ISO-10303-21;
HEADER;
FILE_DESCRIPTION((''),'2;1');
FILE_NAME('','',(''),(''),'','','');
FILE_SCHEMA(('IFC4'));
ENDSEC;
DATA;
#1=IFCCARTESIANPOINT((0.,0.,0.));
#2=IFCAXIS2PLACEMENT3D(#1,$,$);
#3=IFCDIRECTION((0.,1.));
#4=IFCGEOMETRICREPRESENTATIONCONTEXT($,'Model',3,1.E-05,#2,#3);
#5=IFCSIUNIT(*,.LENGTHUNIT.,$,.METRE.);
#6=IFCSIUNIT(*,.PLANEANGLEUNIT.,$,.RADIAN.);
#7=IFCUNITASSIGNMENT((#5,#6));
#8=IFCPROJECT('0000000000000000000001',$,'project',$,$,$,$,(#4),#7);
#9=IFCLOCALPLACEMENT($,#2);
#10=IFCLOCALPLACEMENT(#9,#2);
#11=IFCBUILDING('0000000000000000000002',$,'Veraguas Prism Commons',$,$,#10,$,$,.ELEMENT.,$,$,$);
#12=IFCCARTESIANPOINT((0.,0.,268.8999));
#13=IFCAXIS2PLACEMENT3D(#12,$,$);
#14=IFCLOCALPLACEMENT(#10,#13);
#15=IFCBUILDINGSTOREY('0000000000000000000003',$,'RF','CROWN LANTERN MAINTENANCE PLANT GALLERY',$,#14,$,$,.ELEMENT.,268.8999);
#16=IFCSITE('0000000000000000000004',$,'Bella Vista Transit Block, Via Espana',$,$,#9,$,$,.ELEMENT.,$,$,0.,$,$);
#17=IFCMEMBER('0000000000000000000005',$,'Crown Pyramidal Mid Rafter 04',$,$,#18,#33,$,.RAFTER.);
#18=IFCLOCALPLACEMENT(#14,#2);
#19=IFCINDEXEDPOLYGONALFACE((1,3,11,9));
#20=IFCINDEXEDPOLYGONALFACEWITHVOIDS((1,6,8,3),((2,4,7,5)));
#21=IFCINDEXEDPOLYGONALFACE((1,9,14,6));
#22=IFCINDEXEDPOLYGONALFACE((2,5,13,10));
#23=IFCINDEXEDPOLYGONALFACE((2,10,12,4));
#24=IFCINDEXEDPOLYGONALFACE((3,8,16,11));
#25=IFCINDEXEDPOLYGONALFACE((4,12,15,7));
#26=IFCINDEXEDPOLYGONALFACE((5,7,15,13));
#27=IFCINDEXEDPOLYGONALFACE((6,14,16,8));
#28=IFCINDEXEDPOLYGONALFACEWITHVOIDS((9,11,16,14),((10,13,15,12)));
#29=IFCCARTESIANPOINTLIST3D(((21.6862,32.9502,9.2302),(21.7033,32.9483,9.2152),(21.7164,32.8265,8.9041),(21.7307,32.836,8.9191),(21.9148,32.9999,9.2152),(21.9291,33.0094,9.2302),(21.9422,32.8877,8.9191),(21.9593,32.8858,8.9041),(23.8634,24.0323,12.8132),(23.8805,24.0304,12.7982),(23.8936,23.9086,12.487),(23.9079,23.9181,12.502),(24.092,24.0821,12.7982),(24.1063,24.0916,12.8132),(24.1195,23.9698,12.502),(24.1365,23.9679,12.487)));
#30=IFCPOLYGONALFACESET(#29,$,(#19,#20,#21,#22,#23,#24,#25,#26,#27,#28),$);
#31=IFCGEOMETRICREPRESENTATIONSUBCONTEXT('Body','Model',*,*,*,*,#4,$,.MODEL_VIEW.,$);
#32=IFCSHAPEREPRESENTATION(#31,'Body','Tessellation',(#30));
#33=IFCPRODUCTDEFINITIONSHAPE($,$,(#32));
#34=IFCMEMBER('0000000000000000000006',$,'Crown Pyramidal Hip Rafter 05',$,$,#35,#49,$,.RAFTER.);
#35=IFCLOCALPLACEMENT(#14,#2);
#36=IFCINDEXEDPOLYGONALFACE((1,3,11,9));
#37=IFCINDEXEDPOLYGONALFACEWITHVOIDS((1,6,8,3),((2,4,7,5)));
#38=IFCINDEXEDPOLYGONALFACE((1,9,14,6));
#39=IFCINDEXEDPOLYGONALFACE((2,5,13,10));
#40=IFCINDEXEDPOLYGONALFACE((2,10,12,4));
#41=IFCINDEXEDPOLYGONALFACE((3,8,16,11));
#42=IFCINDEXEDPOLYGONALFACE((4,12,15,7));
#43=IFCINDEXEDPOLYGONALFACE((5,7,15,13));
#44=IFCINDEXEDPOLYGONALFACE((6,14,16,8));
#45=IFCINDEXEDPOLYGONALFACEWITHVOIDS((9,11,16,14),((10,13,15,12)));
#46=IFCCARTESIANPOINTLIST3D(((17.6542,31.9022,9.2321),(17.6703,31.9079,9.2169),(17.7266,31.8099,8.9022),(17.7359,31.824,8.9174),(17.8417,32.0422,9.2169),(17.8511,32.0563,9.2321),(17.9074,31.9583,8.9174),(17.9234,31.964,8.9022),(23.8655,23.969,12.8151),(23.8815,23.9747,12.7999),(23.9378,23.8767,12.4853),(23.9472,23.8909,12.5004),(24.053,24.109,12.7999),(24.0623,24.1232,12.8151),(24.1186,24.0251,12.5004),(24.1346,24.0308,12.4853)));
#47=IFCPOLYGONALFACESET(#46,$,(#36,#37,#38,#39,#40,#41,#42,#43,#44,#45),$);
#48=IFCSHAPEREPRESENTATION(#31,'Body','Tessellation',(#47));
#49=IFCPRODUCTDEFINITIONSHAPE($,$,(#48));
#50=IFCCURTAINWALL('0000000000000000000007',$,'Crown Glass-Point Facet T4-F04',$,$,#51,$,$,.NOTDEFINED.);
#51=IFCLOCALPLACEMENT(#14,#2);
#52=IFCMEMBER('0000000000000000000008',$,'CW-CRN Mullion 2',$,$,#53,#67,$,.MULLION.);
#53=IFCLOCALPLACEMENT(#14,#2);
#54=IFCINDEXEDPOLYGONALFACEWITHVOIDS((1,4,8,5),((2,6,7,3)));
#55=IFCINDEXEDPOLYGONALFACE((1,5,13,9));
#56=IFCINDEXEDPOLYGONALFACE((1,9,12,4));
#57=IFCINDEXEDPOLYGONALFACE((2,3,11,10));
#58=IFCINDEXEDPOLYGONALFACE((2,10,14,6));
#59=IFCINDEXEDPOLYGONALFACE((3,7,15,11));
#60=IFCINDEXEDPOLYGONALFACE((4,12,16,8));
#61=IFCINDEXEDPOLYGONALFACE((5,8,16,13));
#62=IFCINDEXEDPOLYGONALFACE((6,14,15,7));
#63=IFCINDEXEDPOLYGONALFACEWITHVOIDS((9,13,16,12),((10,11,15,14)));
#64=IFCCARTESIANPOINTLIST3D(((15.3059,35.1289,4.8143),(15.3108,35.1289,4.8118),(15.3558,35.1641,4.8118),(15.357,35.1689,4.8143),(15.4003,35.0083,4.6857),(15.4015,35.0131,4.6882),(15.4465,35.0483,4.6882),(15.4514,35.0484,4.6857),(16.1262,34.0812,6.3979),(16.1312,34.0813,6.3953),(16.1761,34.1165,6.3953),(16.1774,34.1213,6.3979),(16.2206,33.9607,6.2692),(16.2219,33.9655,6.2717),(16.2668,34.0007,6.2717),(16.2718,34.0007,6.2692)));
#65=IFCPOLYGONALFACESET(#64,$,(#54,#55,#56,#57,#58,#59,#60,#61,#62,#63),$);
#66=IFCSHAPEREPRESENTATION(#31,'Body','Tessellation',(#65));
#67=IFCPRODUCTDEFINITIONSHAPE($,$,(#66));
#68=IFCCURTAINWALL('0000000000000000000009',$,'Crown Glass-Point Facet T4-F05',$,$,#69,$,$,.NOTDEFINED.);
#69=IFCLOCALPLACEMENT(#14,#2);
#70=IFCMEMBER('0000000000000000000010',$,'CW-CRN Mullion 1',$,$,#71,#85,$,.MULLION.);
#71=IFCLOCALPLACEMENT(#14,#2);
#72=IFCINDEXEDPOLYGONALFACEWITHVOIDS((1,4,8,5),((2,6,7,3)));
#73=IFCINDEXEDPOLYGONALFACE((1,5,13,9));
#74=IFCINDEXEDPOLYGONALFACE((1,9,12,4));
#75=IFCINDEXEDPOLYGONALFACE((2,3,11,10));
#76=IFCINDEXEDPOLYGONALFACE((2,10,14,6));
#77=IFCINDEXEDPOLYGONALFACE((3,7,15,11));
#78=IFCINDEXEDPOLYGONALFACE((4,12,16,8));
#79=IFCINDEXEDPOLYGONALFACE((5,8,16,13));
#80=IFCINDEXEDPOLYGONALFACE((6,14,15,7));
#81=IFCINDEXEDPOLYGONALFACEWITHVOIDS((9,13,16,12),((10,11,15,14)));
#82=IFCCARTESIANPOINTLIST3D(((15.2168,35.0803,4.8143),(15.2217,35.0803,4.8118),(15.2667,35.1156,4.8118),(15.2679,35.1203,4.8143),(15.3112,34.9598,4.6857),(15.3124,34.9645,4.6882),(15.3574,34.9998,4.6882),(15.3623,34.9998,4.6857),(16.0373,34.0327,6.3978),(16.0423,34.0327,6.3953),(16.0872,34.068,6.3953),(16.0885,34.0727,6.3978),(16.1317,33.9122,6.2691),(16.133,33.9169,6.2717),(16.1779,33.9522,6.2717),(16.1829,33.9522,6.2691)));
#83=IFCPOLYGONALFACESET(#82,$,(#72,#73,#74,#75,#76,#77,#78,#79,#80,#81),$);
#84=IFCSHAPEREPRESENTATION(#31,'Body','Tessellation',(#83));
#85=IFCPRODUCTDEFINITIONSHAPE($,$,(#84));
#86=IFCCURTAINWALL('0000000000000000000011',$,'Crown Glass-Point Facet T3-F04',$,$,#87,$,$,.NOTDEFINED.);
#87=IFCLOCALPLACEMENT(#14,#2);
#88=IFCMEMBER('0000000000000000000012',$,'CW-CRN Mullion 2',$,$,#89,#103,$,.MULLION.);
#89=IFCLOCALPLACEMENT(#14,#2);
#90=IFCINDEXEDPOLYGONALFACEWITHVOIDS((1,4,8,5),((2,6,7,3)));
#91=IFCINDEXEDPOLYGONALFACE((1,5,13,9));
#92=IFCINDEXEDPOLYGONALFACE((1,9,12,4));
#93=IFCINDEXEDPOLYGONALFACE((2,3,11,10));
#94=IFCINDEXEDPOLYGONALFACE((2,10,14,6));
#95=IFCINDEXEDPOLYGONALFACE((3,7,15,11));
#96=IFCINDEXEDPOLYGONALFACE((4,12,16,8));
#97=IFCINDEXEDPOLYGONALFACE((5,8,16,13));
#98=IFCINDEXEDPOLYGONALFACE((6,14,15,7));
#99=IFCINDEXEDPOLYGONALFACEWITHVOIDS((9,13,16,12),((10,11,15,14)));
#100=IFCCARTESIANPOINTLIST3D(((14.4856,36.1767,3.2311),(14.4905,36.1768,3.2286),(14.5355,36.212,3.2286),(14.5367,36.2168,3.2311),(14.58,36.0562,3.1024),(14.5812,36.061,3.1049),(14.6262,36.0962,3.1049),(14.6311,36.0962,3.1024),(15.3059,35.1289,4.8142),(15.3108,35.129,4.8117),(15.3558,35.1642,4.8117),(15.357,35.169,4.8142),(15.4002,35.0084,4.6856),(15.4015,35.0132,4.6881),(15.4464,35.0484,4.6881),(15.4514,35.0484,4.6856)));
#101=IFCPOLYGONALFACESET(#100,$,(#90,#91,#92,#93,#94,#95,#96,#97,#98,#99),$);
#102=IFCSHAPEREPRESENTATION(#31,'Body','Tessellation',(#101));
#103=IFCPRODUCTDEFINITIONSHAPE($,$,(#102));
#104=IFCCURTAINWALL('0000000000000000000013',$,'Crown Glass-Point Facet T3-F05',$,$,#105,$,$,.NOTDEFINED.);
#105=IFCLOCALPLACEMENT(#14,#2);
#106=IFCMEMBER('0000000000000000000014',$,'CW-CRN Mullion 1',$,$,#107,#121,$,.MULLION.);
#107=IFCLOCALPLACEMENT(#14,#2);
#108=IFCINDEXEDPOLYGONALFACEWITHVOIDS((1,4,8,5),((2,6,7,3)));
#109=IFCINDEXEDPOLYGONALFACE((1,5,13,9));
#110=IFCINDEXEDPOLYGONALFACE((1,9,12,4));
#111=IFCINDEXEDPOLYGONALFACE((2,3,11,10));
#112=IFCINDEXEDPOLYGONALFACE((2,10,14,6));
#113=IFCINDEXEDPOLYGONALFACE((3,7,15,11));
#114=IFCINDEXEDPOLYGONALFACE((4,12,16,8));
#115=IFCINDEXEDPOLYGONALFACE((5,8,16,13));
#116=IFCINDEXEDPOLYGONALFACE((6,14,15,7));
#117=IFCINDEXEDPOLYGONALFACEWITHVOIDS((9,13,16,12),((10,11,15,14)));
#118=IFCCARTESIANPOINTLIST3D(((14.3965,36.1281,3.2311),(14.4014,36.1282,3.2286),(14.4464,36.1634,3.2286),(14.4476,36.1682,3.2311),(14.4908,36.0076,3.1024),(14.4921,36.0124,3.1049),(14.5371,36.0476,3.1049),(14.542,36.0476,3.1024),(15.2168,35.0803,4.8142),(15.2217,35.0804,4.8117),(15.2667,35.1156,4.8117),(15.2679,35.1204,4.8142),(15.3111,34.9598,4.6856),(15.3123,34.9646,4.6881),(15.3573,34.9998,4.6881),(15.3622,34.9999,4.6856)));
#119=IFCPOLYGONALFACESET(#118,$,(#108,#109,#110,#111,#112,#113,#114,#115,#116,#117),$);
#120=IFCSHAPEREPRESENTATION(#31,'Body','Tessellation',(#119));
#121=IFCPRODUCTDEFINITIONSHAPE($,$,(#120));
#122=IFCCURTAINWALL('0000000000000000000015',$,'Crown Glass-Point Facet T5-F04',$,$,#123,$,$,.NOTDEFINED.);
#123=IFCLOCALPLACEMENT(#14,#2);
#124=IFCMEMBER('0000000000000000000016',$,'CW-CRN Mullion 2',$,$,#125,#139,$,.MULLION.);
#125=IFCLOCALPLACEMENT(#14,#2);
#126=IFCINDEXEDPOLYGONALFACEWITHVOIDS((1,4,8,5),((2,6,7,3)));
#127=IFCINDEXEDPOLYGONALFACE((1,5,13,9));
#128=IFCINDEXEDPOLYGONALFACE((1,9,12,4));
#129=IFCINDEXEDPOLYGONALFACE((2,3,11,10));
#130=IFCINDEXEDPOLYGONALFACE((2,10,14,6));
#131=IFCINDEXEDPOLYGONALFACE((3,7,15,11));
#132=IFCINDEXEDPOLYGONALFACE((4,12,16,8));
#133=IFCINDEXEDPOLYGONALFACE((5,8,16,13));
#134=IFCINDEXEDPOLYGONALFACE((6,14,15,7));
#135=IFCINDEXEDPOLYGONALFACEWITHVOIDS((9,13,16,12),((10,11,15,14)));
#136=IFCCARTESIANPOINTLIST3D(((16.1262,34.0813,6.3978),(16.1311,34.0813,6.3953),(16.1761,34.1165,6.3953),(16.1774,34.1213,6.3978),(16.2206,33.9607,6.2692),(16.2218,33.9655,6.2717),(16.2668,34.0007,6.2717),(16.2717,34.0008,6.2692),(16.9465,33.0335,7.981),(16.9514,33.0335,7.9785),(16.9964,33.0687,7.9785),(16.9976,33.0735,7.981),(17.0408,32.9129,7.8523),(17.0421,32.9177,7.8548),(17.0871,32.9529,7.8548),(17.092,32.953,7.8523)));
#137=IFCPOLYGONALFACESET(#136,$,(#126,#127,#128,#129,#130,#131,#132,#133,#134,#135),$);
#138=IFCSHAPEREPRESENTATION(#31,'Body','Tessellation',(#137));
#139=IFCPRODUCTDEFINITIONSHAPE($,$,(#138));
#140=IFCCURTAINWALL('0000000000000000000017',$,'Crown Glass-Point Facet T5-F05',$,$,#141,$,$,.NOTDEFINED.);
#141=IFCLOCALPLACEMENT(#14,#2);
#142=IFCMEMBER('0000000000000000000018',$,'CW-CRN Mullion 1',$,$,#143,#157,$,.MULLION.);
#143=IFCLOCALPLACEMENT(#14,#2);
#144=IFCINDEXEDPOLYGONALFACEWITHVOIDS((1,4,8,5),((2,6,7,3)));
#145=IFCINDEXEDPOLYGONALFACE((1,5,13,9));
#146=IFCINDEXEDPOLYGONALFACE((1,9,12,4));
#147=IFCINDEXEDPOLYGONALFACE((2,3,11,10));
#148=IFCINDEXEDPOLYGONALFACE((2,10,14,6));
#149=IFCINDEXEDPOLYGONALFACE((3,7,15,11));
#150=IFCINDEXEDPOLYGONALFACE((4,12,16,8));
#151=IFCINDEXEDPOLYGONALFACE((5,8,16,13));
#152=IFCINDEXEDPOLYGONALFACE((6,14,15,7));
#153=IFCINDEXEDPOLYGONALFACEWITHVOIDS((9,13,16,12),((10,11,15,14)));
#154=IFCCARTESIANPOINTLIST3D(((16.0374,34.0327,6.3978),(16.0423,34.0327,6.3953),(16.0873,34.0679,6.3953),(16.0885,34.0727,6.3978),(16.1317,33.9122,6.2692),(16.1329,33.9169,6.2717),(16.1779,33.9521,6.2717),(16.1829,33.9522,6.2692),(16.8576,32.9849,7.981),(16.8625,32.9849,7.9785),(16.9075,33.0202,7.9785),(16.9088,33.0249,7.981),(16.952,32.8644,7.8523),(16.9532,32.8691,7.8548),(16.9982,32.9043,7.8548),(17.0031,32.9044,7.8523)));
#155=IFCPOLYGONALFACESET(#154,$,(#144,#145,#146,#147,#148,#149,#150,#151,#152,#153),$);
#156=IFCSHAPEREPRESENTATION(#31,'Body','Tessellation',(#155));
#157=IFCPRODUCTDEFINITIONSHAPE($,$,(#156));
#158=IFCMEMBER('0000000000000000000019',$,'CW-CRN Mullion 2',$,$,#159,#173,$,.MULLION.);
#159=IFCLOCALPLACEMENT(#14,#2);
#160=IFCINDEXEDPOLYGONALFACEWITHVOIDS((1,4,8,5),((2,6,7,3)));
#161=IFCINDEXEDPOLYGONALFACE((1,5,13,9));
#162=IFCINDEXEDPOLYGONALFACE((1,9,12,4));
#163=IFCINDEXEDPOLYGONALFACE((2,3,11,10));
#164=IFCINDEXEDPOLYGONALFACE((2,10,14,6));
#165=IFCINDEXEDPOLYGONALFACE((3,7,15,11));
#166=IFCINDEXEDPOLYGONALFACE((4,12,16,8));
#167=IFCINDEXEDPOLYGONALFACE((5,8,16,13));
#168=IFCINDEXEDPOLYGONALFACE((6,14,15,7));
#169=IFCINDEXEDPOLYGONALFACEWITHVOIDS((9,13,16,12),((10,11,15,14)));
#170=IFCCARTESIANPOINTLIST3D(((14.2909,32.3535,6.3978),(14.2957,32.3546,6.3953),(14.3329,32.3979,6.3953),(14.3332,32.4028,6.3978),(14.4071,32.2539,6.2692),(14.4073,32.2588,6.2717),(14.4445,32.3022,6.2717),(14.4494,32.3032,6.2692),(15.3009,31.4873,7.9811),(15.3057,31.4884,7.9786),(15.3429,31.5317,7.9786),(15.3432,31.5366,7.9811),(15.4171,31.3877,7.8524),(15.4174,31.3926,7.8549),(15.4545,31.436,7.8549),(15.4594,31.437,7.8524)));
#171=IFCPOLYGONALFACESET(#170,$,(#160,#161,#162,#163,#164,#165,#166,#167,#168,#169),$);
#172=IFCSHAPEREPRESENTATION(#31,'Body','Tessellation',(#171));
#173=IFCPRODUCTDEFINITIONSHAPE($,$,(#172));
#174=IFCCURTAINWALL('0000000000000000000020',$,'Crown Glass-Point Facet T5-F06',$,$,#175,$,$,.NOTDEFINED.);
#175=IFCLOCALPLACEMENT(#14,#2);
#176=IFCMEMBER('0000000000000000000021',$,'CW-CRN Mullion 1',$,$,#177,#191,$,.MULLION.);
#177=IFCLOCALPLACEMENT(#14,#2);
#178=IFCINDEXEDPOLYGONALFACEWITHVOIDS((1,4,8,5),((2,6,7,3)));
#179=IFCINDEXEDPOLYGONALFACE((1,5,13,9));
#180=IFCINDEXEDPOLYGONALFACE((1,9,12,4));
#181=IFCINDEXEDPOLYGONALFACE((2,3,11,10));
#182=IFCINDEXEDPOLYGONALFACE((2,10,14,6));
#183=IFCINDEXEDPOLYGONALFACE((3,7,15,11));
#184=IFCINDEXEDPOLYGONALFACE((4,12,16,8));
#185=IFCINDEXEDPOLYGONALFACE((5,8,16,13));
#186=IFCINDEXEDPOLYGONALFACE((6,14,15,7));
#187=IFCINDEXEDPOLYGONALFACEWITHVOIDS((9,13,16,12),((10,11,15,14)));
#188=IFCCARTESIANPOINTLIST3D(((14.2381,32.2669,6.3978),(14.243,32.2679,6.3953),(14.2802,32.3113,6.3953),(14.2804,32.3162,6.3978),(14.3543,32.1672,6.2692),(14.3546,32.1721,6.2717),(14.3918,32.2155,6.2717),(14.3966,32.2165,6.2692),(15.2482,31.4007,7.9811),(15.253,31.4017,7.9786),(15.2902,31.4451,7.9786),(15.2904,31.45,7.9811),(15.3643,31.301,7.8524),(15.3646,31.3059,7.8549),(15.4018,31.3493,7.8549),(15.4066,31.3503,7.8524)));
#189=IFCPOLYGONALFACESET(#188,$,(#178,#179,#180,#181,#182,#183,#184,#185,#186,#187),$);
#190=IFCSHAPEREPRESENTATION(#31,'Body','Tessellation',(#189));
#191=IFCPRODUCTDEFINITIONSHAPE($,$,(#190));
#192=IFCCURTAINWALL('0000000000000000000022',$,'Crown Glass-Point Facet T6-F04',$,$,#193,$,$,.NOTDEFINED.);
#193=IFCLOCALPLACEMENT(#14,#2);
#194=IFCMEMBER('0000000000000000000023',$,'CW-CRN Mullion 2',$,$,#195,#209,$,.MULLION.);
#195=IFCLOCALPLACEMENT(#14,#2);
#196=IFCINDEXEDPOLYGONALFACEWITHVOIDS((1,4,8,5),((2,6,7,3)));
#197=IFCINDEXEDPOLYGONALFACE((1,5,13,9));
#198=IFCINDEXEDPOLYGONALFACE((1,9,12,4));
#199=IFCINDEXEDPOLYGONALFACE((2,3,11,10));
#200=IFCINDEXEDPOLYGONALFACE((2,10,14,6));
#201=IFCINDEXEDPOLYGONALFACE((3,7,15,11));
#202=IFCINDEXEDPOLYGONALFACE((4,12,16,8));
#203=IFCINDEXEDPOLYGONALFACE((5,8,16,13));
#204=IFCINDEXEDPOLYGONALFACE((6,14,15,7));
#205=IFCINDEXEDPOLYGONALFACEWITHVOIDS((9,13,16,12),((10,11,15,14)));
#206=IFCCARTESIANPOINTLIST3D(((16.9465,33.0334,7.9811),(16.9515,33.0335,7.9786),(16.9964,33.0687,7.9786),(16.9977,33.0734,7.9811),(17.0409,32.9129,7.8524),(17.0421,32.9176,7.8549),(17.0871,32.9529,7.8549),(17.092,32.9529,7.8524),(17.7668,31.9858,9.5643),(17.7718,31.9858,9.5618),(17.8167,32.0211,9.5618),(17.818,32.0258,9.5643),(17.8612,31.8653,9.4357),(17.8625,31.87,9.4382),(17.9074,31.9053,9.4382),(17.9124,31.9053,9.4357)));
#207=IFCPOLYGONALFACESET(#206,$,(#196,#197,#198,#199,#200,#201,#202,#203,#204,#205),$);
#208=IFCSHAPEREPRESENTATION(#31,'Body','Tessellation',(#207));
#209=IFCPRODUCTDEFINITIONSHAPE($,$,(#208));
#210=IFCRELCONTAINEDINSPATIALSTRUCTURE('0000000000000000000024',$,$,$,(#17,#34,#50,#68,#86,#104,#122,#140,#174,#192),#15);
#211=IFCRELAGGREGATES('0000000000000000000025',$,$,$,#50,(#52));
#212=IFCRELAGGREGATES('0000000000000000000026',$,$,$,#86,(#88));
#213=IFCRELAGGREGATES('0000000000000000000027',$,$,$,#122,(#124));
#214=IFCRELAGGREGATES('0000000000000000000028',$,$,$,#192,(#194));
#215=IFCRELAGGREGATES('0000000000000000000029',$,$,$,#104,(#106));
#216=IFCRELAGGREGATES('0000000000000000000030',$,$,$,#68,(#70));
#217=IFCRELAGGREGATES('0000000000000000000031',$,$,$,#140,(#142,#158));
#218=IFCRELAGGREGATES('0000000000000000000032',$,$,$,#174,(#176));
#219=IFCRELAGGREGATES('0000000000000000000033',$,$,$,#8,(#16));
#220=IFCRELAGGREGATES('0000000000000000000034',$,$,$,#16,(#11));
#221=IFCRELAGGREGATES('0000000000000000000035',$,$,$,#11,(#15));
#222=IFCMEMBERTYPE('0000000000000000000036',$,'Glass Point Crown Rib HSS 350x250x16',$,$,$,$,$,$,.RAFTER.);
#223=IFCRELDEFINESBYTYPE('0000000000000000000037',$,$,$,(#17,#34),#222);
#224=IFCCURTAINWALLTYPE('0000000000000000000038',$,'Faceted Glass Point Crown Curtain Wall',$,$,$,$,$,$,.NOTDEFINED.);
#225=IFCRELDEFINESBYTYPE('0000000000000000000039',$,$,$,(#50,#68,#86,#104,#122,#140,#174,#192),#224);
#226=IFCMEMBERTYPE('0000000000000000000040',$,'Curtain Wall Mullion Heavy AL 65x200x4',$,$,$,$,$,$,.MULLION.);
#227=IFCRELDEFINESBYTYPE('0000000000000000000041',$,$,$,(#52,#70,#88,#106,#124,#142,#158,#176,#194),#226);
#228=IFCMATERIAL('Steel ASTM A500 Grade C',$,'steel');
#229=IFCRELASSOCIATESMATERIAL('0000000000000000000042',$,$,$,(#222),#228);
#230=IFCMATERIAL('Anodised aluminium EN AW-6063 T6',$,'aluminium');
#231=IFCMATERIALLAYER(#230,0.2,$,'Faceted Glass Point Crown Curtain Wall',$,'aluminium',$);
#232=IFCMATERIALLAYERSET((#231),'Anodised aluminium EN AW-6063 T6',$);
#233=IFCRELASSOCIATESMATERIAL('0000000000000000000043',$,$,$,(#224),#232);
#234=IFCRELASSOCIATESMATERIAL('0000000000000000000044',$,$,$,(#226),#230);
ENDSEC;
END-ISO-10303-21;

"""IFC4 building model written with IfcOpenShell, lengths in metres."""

from ifc_helpers import new_model, si_unit, direction, frame, origin, origin_2d, place, context, subcontext, project, spatial, hollow_rectangle, extrude, source, transform, mapped, material, layer, layer_set, material_profile, profile_set, type_object, element, aggregate, save


model = new_model("IFC4")

# Units and contexts
model_context = context("Model", 3, precision=1e-05, world=origin(), true_north=direction((0.0, 1.0)))
body_context = subcontext(model_context, "Body", "Model", "MODEL_VIEW")
ifc_project = project(units=[si_unit("LENGTHUNIT", "METRE"), si_unit("PLANEANGLEUNIT", "RADIAN")], contexts=[model_context])

# Site, building, storey
site_placement = place(None, origin())
site = spatial("IfcSite", under=ifc_project, at=site_placement, Name="Bella Vista Transit Block, Via Espana", CompositionType="ELEMENT", RefElevation=0.0)
building_placement = place(site_placement, origin())
building = spatial("IfcBuilding", under=site, at=building_placement, Name="Veraguas Prism Commons", CompositionType="ELEMENT")
storey_placement = place(building_placement, frame((0.0, 0.0, 268.8999)))
storey = spatial("IfcBuildingStorey", under=building, at=storey_placement, Name="RF", Description="CROWN LANTERN MAINTENANCE PLANT GALLERY", CompositionType="ELEMENT", Elevation=268.8999)

# Shared definitions
ifc_material_1 = material(Name="Steel ASTM A500 Grade C", Category="steel")

# Members
ifc_material_profile_1 = material_profile(ifc_material_1, hollow_rectangle(XDim=0.25, YDim=0.3501, WallThickness=0.0161, at=origin_2d()), Name="HSS350X250X16")
ifc_profile_set_1 = profile_set([ifc_material_profile_1], Name="Steel ASTM A500 Grade C")
member_type_1 = type_object("IfcMemberType", Name="Glass Point Crown Rib HSS 350x250x16", PredefinedType="RAFTER", material=ifc_profile_set_1)
member_1_placement = place(storey_placement, frame((21.8228, 32.918, 9.0671), z_axis=(0.220942, -0.904976, 0.363596), x_axis=(0.971467, 0.237175, 0.0)))
element("IfcMember", 1, at=member_1_placement, inside=storey, type_object=member_type_1, Name="Crown Pyramidal Mid Rafter 04", PredefinedType="RAFTER", context=body_context, shape_type="SweptSolid", body=[
    extrude(hollow_rectangle(XDim=0.25, YDim=0.3501, WallThickness=0.0161, at=origin_2d()), origin(), (0.0, 0.0, 1.0), 9.8542),
])
member_2_placement = place(storey_placement, frame((17.7888, 31.9331, 9.0671), z_axis=(0.580837, -0.741863, 0.335064), x_axis=(0.787377, 0.616472, 0.0)))
element("IfcMember", 2, at=member_2_placement, inside=storey, type_object=member_type_1, Name="Crown Pyramidal Hip Rafter 05", PredefinedType="RAFTER", context=body_context, shape_type="SweptSolid", body=[
    extrude(hollow_rectangle(XDim=0.25, YDim=0.3501, WallThickness=0.0161, at=origin_2d()), origin(), (0.0, 0.0, 1.0), 10.6936),
])

# Curtain walls, members
ifc_material_2 = material(Name="Anodised aluminium EN AW-6063 T6", Category="aluminium")
ifc_layer_1 = layer(ifc_material_2, 0.2, Name="Faceted Glass Point Crown Curtain Wall", Category="aluminium")
ifc_layer_set_1 = layer_set([ifc_layer_1], Name="Anodised aluminium EN AW-6063 T6")
curtain_wall_type = type_object("IfcCurtainWallType", Name="Faceted Glass Point Crown Curtain Wall", PredefinedType="NOTDEFINED", material=ifc_layer_set_1)
curtain_wall_1_placement = place(storey_placement, origin())
curtain_wall_1 = element("IfcCurtainWall", 3, at=curtain_wall_1_placement, inside=storey, type_object=curtain_wall_type, Name="Crown Glass-Point Facet T4-F04", PredefinedType="NOTDEFINED")
ifc_material_profile_2 = material_profile(ifc_material_2, hollow_rectangle(XDim=0.0649, YDim=0.2, WallThickness=0.0039, at=origin_2d()), Name="AL65X200X4")
ifc_profile_set_2 = profile_set([ifc_material_profile_2], Name="Anodised aluminium EN AW-6063 T6")
member_type_2 = type_object("IfcMemberType", Name="Curtain Wall Mullion Heavy AL 65x200x4", PredefinedType="MULLION", material=ifc_profile_set_2)
shared_shape_1 = source(origin(), body_context, "Body", "SweptSolid", [
    extrude(hollow_rectangle(XDim=0.0649, YDim=0.2, WallThickness=0.0039, at=origin_2d()), origin(), (0.0, 0.0, 1.0), 2.0684),
])
member_3_placement = place(storey_placement, frame((15.3787, 35.0886, 4.75), z_axis=(0.396612, -0.506507, 0.765604), x_axis=(0.787342, 0.616516, 0.0)))
member_3 = element("IfcMember", 4, at=member_3_placement, type_object=member_type_2, Name="CW-CRN Mullion 2", PredefinedType="MULLION", context=body_context, shape_type="MappedRepresentation", body=[
    mapped(shared_shape_1, transform((0.0, 0.0, 0.0), scale=1.0)),
])
aggregate(curtain_wall_1, [member_3])
curtain_wall_2_placement = place(storey_placement, origin())
curtain_wall_2 = element("IfcCurtainWall", 5, at=curtain_wall_2_placement, inside=storey, type_object=curtain_wall_type, Name="Crown Glass-Point Facet T4-F05", PredefinedType="NOTDEFINED")
member_4_placement = place(storey_placement, frame((15.2896, 35.04, 4.75), z_axis=(0.396712, -0.506483, 0.765568), x_axis=(0.787253, 0.61663, 0.0)))
member_4 = element("IfcMember", 6, at=member_4_placement, type_object=member_type_2, Name="CW-CRN Mullion 1", PredefinedType="MULLION", context=body_context, shape_type="MappedRepresentation", body=[
    mapped(shared_shape_1, transform((0.0, 0.0, 0.0), scale=1.0)),
])
curtain_wall_3_placement = place(storey_placement, origin())
curtain_wall_3 = element("IfcCurtainWall", 7, at=curtain_wall_3_placement, inside=storey, type_object=curtain_wall_type, Name="Crown Glass-Point Facet T3-F04", PredefinedType="NOTDEFINED")
shared_shape_2 = source(origin(), body_context, "Body", "SweptSolid", [
    extrude(hollow_rectangle(XDim=0.0649, YDim=0.2, WallThickness=0.0039, at=origin_2d()), origin(), (0.0, 0.0, 1.0), 2.0681),
])
member_5_placement = place(storey_placement, frame((14.5583, 36.1365, 3.1667), z_axis=(0.396625, -0.506641, 0.765509), x_axis=(0.787412, 0.616427, 0.0)))
member_5 = element("IfcMember", 8, at=member_5_placement, type_object=member_type_2, Name="CW-CRN Mullion 2", PredefinedType="MULLION", context=body_context, shape_type="MappedRepresentation", body=[
    mapped(shared_shape_2, transform((0.0, 0.0, 0.0), scale=1.0)),
])
aggregate(curtain_wall_3, [member_5])
curtain_wall_4_placement = place(storey_placement, origin())
curtain_wall_4 = element("IfcCurtainWall", 9, at=curtain_wall_4_placement, inside=storey, type_object=curtain_wall_type, Name="Crown Glass-Point Facet T3-F05", PredefinedType="NOTDEFINED")
member_6_placement = place(storey_placement, frame((14.4692, 36.0879, 3.1667), z_axis=(0.396625, -0.506641, 0.765509), x_axis=(0.787412, 0.616427, 0.0)))
member_6 = element("IfcMember", 10, at=member_6_placement, type_object=member_type_2, Name="CW-CRN Mullion 1", PredefinedType="MULLION", context=body_context, shape_type="MappedRepresentation", body=[
    mapped(shared_shape_2, transform((0.0, 0.0, 0.0), scale=1.0)),
])
curtain_wall_5_placement = place(storey_placement, origin())
curtain_wall_5 = element("IfcCurtainWall", 11, at=curtain_wall_5_placement, inside=storey, type_object=curtain_wall_type, Name="Crown Glass-Point Facet T5-F04", PredefinedType="NOTDEFINED")
member_7_placement = place(storey_placement, frame((16.199, 34.041, 6.3335), z_axis=(0.396625, -0.506641, 0.765509), x_axis=(0.787412, 0.616427, 0.0)))
member_7 = element("IfcMember", 12, at=member_7_placement, type_object=member_type_2, Name="CW-CRN Mullion 2", PredefinedType="MULLION", context=body_context, shape_type="MappedRepresentation", body=[
    mapped(shared_shape_2, transform((0.0, 0.0, 0.0), scale=1.0)),
])
aggregate(curtain_wall_5, [member_7])

# Curtain wall, members
curtain_wall_6_placement = place(storey_placement, origin())
curtain_wall_6 = element("IfcCurtainWall", 13, at=curtain_wall_6_placement, inside=storey, type_object=curtain_wall_type, Name="Crown Glass-Point Facet T5-F05", PredefinedType="NOTDEFINED")
member_8_placement = place(storey_placement, frame((16.1101, 33.9924, 6.3335), z_axis=(0.396625, -0.506641, 0.765509), x_axis=(0.787412, 0.616427, 0.0)))
member_8 = element("IfcMember", 14, at=member_8_placement, type_object=member_type_2, Name="CW-CRN Mullion 1", PredefinedType="MULLION", context=body_context, shape_type="MappedRepresentation", body=[
    mapped(shared_shape_2, transform((0.0, 0.0, 0.0), scale=1.0)),
])
member_9_placement = place(storey_placement, frame((14.3701, 32.3284, 6.3335), z_axis=(0.488371, -0.418839, 0.765551), x_axis=(0.651003, 0.759075, 0.0)))
member_9 = element("IfcMember", 15, at=member_9_placement, type_object=member_type_2, Name="CW-CRN Mullion 2", PredefinedType="MULLION", context=body_context, shape_type="MappedRepresentation", body=[
    mapped(shared_shape_2, transform((0.0, 0.0, 0.0), scale=1.0)),
])

# Curtain walls, members
curtain_wall_7_placement = place(storey_placement, origin())
curtain_wall_7 = element("IfcCurtainWall", 16, at=curtain_wall_7_placement, inside=storey, type_object=curtain_wall_type, Name="Crown Glass-Point Facet T5-F06", PredefinedType="NOTDEFINED")
member_10_placement = place(storey_placement, frame((14.3174, 32.2417, 6.3335), z_axis=(0.488371, -0.418839, 0.765551), x_axis=(0.651003, 0.759075, 0.0)))
member_10 = element("IfcMember", 17, at=member_10_placement, type_object=member_type_2, Name="CW-CRN Mullion 1", PredefinedType="MULLION", context=body_context, shape_type="MappedRepresentation", body=[
    mapped(shared_shape_2, transform((0.0, 0.0, 0.0), scale=1.0)),
])
curtain_wall_8_placement = place(storey_placement, origin())
curtain_wall_8 = element("IfcCurtainWall", 18, at=curtain_wall_8_placement, inside=storey, type_object=curtain_wall_type, Name="Crown Glass-Point Facet T6-F04", PredefinedType="NOTDEFINED")
member_11_placement = place(storey_placement, frame((17.0193, 32.9932, 7.9167), z_axis=(0.396648, -0.506553, 0.765555), x_axis=(0.787342, 0.616516, 0.0)))
member_11 = element("IfcMember", 19, at=member_11_placement, type_object=member_type_2, Name="CW-CRN Mullion 2", PredefinedType="MULLION", context=body_context, shape_type="MappedRepresentation", body=[
    mapped(shared_shape_2, transform((0.0, 0.0, 0.0), scale=1.0)),
])
aggregate(curtain_wall_8, [member_11])

aggregate(curtain_wall_4, [member_6])
aggregate(curtain_wall_2, [member_4])
aggregate(curtain_wall_6, [member_8, member_9])
aggregate(curtain_wall_7, [member_10])

save(model, "model.ifc")
